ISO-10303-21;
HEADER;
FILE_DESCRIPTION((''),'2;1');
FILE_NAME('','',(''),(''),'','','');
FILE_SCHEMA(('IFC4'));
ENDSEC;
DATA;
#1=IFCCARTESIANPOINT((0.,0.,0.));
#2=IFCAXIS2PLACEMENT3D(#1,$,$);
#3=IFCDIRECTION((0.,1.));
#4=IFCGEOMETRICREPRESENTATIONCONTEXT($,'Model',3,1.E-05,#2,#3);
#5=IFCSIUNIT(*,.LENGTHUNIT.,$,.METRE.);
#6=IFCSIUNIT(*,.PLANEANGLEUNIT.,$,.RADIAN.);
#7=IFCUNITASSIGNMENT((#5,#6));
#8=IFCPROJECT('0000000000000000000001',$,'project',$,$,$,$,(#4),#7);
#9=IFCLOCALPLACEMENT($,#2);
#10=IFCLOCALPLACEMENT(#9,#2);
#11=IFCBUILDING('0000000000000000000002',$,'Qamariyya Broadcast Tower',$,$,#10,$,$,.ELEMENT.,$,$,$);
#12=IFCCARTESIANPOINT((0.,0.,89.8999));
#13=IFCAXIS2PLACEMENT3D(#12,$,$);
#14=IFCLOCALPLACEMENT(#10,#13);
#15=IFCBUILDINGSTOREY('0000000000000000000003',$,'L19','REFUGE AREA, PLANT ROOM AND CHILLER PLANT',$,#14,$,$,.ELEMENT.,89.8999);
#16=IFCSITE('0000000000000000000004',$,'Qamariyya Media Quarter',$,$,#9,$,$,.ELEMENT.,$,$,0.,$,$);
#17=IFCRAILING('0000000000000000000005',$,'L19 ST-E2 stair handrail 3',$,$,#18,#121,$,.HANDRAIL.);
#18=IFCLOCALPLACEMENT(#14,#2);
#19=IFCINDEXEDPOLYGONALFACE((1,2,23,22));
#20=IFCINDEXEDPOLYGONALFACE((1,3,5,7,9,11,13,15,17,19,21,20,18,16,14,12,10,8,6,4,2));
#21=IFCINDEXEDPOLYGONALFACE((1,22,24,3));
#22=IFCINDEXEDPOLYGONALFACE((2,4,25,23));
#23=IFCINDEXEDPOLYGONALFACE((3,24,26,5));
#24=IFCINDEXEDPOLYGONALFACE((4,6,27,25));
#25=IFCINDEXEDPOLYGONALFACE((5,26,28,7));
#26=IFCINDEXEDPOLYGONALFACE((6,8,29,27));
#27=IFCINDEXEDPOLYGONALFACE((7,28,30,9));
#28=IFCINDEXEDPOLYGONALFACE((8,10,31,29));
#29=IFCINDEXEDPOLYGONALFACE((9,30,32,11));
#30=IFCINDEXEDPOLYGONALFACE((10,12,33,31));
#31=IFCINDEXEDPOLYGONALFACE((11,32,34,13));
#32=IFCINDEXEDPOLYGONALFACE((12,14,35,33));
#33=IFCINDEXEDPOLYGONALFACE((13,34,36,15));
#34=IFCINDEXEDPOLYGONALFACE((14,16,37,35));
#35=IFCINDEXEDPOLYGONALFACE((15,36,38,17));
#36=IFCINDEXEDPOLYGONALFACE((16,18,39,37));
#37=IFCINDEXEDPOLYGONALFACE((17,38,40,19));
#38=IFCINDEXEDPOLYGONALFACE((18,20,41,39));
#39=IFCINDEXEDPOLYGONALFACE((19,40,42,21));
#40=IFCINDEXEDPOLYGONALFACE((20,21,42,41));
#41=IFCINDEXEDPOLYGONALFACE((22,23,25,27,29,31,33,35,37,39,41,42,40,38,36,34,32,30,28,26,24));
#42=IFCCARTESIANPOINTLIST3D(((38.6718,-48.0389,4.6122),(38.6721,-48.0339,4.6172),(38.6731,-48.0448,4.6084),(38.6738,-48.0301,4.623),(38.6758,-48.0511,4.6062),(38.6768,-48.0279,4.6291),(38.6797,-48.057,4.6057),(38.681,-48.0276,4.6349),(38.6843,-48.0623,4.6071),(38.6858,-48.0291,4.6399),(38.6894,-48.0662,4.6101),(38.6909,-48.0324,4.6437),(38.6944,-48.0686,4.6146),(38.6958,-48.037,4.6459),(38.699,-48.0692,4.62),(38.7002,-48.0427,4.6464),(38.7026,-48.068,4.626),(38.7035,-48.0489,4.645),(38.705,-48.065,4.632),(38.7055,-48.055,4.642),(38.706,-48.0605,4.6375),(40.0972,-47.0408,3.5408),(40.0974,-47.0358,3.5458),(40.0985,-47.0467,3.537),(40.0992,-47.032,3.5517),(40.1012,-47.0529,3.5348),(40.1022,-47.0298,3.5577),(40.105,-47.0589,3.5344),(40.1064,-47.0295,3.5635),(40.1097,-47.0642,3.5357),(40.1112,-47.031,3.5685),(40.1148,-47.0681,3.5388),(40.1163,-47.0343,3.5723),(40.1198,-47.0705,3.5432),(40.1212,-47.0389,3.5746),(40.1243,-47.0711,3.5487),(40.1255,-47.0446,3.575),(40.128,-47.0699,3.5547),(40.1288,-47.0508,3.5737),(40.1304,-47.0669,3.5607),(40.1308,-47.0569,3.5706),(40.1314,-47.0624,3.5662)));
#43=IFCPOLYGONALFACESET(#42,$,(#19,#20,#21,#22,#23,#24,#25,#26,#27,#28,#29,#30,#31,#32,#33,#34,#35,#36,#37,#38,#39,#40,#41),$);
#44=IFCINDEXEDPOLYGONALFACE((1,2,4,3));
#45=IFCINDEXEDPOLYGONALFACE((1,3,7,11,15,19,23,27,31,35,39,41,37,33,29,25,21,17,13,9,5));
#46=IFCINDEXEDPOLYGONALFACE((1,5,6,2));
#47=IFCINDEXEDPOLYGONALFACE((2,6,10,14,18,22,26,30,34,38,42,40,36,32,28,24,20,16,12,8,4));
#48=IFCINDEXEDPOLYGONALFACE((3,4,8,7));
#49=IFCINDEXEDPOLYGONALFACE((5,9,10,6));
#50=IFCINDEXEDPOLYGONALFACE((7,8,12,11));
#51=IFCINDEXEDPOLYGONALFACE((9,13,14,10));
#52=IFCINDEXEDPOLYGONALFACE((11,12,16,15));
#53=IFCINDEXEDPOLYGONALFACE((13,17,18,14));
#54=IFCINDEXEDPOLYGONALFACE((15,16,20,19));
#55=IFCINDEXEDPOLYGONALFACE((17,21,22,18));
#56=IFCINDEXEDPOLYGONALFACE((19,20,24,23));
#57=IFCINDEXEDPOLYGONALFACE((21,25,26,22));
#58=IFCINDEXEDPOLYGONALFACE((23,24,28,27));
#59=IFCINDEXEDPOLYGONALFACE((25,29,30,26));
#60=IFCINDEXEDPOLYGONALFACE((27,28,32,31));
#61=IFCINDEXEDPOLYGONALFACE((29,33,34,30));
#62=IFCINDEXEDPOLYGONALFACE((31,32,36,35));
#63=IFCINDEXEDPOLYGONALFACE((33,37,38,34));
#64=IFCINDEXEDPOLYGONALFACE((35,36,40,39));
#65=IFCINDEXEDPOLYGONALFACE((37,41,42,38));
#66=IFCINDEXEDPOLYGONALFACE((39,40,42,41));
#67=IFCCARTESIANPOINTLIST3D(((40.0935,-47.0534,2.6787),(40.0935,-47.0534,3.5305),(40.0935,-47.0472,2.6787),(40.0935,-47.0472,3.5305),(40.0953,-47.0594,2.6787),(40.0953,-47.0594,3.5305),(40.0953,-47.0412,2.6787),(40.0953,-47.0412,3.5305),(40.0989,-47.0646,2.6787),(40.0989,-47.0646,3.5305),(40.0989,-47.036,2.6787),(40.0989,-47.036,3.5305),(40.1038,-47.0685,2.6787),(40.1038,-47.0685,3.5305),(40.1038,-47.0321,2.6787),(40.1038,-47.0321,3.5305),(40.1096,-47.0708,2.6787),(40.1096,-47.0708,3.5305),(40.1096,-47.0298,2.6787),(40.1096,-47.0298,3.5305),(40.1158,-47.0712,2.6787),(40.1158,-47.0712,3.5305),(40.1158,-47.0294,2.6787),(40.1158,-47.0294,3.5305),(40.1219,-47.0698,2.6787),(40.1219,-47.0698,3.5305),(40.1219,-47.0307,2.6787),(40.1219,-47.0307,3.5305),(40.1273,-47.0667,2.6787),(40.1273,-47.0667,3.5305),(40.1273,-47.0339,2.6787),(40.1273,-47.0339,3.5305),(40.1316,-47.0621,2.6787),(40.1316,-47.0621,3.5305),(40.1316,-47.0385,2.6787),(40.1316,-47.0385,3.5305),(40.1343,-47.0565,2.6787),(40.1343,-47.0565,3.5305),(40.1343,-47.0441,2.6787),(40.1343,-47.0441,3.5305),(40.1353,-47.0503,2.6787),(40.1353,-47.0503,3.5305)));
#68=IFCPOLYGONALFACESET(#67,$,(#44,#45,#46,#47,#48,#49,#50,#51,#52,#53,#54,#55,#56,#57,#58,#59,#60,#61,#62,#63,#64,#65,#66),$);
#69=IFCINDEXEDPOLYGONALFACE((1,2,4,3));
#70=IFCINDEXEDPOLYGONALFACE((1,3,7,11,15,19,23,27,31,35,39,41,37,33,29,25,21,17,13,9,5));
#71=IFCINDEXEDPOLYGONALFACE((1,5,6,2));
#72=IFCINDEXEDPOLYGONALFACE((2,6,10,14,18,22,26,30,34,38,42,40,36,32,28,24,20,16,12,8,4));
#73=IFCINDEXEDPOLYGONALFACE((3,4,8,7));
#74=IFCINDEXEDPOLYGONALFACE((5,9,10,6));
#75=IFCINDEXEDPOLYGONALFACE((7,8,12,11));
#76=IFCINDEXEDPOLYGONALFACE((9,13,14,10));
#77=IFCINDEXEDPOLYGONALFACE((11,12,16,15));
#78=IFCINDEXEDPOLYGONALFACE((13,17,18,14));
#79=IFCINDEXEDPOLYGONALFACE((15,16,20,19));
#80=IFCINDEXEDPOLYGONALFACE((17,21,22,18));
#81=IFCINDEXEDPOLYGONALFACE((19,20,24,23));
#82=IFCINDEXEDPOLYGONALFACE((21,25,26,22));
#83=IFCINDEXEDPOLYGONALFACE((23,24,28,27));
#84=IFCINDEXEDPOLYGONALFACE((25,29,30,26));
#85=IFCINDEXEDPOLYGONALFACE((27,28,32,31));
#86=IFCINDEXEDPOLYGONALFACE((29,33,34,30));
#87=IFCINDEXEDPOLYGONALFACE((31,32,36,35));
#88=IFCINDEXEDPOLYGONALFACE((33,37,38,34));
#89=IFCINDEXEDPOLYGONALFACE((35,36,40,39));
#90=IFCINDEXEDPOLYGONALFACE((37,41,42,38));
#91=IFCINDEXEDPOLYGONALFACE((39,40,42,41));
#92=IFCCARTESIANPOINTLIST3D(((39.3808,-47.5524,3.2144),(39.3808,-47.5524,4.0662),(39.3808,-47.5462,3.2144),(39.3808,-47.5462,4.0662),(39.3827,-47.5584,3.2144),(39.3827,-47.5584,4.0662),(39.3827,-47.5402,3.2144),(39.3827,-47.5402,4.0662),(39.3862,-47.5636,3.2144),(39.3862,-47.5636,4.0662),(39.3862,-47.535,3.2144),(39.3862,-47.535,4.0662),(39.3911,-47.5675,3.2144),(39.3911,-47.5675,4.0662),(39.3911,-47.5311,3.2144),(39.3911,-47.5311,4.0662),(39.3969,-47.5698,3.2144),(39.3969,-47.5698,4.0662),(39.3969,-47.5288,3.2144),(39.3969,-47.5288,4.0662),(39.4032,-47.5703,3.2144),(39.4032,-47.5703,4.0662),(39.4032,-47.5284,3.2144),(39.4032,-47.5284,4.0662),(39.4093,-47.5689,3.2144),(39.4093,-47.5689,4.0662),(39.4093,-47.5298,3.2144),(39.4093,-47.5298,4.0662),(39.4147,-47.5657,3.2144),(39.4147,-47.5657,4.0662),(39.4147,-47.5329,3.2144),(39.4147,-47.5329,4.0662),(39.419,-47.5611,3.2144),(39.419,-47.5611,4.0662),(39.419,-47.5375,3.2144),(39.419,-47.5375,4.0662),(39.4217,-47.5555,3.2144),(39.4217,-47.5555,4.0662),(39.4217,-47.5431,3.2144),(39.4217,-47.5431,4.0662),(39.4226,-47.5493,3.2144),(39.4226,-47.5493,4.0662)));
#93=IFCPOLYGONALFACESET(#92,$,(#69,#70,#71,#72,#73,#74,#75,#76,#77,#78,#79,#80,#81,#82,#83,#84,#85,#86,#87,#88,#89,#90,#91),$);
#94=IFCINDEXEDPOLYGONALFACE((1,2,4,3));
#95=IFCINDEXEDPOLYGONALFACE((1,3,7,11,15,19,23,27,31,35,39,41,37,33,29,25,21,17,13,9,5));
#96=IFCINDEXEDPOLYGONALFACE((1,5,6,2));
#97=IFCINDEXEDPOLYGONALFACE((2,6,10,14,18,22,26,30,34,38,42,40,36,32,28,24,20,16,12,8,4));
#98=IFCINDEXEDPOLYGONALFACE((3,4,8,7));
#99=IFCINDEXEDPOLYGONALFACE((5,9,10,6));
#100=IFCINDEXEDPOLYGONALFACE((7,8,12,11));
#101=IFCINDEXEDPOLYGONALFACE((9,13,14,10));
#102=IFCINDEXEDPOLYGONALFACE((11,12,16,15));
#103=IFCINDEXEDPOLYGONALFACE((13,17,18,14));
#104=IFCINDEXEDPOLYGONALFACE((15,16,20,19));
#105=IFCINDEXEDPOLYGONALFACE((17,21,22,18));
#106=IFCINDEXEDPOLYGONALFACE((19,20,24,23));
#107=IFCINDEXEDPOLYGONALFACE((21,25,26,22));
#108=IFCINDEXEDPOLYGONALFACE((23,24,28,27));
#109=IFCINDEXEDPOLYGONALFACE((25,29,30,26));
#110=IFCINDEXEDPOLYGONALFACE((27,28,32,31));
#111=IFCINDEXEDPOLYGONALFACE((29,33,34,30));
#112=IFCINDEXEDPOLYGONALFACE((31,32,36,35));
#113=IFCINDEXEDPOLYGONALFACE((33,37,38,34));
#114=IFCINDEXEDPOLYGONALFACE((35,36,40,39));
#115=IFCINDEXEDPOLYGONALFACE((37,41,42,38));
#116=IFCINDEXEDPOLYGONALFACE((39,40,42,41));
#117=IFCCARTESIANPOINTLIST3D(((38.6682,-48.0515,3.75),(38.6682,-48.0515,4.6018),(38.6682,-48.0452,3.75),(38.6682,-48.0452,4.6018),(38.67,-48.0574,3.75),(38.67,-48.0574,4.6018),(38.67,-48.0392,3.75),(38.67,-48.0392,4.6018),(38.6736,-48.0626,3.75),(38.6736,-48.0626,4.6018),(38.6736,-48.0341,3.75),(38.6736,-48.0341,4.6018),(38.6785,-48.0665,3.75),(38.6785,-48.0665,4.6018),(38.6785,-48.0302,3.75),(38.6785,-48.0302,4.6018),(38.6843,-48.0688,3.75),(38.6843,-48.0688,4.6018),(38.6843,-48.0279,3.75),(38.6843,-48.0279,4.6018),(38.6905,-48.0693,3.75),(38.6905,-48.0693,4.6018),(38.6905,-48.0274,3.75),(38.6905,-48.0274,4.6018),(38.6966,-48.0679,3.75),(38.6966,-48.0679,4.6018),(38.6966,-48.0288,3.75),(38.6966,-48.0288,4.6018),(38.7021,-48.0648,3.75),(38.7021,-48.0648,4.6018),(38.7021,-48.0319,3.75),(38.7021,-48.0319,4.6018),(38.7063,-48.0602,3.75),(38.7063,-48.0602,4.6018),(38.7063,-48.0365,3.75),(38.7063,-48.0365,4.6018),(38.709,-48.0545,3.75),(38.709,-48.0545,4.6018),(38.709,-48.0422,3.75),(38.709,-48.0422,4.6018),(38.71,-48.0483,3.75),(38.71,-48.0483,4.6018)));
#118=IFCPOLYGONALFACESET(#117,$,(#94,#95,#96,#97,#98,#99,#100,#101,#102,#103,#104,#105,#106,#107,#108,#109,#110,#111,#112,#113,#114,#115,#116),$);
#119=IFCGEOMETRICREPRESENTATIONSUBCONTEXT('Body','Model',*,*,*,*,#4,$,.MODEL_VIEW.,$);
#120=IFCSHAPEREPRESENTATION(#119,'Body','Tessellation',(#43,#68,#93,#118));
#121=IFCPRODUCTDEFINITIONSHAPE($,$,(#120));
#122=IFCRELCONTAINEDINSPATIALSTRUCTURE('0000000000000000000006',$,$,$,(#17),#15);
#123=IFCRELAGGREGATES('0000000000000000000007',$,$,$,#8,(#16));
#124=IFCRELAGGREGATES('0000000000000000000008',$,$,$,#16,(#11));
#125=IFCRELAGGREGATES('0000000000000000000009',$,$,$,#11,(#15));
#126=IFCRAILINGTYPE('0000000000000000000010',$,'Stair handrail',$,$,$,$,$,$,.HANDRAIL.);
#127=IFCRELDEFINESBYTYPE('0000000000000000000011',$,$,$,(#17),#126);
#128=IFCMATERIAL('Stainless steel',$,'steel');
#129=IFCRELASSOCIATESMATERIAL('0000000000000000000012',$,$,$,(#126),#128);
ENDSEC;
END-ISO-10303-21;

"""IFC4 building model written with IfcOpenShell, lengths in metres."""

from ifc_helpers import new_model, si_unit, direction, frame, origin, origin_2d, place, context, subcontext, project, spatial, circle, extrude, material, type_object, element, save


model = new_model("IFC4")

# Units and contexts
model_context = context("Model", 3, precision=1e-05, world=origin(), true_north=direction((0.0, 1.0)))
body_context = subcontext(model_context, "Body", "Model", "MODEL_VIEW")
ifc_project = project(units=[si_unit("LENGTHUNIT", "METRE"), si_unit("PLANEANGLEUNIT", "RADIAN")], contexts=[model_context])

# Site, building, storey
site_placement = place(None, origin())
site = spatial("IfcSite", under=ifc_project, at=site_placement, Name="Qamariyya Media Quarter", CompositionType="ELEMENT", RefElevation=0.0)
building_placement = place(site_placement, origin())
building = spatial("IfcBuilding", under=site, at=building_placement, Name="Qamariyya Broadcast Tower", CompositionType="ELEMENT")
storey_placement = place(building_placement, frame((0.0, 0.0, 89.8999)))
storey = spatial("IfcBuildingStorey", under=building, at=storey_placement, Name="L19", Description="REFUGE AREA, PLANT ROOM AND CHILLER PLANT", CompositionType="ELEMENT", Elevation=89.8999)

# Railing
ifc_material_1 = material(Name="Stainless steel", Category="steel")
railing_type_1 = type_object("IfcRailingType", Name="Stair handrail", PredefinedType="HANDRAIL", material=ifc_material_1)
railing_1_placement = place(storey_placement, frame((40.1143, -47.0503, 2.6787)))
element("IfcRailing", 1, at=railing_1_placement, inside=storey, type_object=railing_type_1, Name="L19 ST-E2 stair handrail 3", PredefinedType="HANDRAIL", context=body_context, shape_type="SweptSolid", body=[
    extrude(circle(Radius=0.0239, at=origin_2d()), frame((0.0, 0.0, 0.876), z_axis=(-0.697533, -0.48844, 0.524285), x_axis=(0.573594, -0.81914, 0.0)), (0.0, 0.0, 1.0), 2.0435),
    extrude(circle(Radius=0.021, at=origin_2d()), origin(), (0.0, 0.0, 1.0), 0.8518),
    extrude(circle(Radius=0.021, at=origin_2d()), frame((-0.7126, -0.499, 0.5356)), (0.0, 0.0, 1.0), 0.8518),
    extrude(circle(Radius=0.021, at=origin_2d()), frame((-1.4253, -0.998, 1.0713)), (0.0, 0.0, 1.0), 0.8518),
])

save(model, "model.ifc")
